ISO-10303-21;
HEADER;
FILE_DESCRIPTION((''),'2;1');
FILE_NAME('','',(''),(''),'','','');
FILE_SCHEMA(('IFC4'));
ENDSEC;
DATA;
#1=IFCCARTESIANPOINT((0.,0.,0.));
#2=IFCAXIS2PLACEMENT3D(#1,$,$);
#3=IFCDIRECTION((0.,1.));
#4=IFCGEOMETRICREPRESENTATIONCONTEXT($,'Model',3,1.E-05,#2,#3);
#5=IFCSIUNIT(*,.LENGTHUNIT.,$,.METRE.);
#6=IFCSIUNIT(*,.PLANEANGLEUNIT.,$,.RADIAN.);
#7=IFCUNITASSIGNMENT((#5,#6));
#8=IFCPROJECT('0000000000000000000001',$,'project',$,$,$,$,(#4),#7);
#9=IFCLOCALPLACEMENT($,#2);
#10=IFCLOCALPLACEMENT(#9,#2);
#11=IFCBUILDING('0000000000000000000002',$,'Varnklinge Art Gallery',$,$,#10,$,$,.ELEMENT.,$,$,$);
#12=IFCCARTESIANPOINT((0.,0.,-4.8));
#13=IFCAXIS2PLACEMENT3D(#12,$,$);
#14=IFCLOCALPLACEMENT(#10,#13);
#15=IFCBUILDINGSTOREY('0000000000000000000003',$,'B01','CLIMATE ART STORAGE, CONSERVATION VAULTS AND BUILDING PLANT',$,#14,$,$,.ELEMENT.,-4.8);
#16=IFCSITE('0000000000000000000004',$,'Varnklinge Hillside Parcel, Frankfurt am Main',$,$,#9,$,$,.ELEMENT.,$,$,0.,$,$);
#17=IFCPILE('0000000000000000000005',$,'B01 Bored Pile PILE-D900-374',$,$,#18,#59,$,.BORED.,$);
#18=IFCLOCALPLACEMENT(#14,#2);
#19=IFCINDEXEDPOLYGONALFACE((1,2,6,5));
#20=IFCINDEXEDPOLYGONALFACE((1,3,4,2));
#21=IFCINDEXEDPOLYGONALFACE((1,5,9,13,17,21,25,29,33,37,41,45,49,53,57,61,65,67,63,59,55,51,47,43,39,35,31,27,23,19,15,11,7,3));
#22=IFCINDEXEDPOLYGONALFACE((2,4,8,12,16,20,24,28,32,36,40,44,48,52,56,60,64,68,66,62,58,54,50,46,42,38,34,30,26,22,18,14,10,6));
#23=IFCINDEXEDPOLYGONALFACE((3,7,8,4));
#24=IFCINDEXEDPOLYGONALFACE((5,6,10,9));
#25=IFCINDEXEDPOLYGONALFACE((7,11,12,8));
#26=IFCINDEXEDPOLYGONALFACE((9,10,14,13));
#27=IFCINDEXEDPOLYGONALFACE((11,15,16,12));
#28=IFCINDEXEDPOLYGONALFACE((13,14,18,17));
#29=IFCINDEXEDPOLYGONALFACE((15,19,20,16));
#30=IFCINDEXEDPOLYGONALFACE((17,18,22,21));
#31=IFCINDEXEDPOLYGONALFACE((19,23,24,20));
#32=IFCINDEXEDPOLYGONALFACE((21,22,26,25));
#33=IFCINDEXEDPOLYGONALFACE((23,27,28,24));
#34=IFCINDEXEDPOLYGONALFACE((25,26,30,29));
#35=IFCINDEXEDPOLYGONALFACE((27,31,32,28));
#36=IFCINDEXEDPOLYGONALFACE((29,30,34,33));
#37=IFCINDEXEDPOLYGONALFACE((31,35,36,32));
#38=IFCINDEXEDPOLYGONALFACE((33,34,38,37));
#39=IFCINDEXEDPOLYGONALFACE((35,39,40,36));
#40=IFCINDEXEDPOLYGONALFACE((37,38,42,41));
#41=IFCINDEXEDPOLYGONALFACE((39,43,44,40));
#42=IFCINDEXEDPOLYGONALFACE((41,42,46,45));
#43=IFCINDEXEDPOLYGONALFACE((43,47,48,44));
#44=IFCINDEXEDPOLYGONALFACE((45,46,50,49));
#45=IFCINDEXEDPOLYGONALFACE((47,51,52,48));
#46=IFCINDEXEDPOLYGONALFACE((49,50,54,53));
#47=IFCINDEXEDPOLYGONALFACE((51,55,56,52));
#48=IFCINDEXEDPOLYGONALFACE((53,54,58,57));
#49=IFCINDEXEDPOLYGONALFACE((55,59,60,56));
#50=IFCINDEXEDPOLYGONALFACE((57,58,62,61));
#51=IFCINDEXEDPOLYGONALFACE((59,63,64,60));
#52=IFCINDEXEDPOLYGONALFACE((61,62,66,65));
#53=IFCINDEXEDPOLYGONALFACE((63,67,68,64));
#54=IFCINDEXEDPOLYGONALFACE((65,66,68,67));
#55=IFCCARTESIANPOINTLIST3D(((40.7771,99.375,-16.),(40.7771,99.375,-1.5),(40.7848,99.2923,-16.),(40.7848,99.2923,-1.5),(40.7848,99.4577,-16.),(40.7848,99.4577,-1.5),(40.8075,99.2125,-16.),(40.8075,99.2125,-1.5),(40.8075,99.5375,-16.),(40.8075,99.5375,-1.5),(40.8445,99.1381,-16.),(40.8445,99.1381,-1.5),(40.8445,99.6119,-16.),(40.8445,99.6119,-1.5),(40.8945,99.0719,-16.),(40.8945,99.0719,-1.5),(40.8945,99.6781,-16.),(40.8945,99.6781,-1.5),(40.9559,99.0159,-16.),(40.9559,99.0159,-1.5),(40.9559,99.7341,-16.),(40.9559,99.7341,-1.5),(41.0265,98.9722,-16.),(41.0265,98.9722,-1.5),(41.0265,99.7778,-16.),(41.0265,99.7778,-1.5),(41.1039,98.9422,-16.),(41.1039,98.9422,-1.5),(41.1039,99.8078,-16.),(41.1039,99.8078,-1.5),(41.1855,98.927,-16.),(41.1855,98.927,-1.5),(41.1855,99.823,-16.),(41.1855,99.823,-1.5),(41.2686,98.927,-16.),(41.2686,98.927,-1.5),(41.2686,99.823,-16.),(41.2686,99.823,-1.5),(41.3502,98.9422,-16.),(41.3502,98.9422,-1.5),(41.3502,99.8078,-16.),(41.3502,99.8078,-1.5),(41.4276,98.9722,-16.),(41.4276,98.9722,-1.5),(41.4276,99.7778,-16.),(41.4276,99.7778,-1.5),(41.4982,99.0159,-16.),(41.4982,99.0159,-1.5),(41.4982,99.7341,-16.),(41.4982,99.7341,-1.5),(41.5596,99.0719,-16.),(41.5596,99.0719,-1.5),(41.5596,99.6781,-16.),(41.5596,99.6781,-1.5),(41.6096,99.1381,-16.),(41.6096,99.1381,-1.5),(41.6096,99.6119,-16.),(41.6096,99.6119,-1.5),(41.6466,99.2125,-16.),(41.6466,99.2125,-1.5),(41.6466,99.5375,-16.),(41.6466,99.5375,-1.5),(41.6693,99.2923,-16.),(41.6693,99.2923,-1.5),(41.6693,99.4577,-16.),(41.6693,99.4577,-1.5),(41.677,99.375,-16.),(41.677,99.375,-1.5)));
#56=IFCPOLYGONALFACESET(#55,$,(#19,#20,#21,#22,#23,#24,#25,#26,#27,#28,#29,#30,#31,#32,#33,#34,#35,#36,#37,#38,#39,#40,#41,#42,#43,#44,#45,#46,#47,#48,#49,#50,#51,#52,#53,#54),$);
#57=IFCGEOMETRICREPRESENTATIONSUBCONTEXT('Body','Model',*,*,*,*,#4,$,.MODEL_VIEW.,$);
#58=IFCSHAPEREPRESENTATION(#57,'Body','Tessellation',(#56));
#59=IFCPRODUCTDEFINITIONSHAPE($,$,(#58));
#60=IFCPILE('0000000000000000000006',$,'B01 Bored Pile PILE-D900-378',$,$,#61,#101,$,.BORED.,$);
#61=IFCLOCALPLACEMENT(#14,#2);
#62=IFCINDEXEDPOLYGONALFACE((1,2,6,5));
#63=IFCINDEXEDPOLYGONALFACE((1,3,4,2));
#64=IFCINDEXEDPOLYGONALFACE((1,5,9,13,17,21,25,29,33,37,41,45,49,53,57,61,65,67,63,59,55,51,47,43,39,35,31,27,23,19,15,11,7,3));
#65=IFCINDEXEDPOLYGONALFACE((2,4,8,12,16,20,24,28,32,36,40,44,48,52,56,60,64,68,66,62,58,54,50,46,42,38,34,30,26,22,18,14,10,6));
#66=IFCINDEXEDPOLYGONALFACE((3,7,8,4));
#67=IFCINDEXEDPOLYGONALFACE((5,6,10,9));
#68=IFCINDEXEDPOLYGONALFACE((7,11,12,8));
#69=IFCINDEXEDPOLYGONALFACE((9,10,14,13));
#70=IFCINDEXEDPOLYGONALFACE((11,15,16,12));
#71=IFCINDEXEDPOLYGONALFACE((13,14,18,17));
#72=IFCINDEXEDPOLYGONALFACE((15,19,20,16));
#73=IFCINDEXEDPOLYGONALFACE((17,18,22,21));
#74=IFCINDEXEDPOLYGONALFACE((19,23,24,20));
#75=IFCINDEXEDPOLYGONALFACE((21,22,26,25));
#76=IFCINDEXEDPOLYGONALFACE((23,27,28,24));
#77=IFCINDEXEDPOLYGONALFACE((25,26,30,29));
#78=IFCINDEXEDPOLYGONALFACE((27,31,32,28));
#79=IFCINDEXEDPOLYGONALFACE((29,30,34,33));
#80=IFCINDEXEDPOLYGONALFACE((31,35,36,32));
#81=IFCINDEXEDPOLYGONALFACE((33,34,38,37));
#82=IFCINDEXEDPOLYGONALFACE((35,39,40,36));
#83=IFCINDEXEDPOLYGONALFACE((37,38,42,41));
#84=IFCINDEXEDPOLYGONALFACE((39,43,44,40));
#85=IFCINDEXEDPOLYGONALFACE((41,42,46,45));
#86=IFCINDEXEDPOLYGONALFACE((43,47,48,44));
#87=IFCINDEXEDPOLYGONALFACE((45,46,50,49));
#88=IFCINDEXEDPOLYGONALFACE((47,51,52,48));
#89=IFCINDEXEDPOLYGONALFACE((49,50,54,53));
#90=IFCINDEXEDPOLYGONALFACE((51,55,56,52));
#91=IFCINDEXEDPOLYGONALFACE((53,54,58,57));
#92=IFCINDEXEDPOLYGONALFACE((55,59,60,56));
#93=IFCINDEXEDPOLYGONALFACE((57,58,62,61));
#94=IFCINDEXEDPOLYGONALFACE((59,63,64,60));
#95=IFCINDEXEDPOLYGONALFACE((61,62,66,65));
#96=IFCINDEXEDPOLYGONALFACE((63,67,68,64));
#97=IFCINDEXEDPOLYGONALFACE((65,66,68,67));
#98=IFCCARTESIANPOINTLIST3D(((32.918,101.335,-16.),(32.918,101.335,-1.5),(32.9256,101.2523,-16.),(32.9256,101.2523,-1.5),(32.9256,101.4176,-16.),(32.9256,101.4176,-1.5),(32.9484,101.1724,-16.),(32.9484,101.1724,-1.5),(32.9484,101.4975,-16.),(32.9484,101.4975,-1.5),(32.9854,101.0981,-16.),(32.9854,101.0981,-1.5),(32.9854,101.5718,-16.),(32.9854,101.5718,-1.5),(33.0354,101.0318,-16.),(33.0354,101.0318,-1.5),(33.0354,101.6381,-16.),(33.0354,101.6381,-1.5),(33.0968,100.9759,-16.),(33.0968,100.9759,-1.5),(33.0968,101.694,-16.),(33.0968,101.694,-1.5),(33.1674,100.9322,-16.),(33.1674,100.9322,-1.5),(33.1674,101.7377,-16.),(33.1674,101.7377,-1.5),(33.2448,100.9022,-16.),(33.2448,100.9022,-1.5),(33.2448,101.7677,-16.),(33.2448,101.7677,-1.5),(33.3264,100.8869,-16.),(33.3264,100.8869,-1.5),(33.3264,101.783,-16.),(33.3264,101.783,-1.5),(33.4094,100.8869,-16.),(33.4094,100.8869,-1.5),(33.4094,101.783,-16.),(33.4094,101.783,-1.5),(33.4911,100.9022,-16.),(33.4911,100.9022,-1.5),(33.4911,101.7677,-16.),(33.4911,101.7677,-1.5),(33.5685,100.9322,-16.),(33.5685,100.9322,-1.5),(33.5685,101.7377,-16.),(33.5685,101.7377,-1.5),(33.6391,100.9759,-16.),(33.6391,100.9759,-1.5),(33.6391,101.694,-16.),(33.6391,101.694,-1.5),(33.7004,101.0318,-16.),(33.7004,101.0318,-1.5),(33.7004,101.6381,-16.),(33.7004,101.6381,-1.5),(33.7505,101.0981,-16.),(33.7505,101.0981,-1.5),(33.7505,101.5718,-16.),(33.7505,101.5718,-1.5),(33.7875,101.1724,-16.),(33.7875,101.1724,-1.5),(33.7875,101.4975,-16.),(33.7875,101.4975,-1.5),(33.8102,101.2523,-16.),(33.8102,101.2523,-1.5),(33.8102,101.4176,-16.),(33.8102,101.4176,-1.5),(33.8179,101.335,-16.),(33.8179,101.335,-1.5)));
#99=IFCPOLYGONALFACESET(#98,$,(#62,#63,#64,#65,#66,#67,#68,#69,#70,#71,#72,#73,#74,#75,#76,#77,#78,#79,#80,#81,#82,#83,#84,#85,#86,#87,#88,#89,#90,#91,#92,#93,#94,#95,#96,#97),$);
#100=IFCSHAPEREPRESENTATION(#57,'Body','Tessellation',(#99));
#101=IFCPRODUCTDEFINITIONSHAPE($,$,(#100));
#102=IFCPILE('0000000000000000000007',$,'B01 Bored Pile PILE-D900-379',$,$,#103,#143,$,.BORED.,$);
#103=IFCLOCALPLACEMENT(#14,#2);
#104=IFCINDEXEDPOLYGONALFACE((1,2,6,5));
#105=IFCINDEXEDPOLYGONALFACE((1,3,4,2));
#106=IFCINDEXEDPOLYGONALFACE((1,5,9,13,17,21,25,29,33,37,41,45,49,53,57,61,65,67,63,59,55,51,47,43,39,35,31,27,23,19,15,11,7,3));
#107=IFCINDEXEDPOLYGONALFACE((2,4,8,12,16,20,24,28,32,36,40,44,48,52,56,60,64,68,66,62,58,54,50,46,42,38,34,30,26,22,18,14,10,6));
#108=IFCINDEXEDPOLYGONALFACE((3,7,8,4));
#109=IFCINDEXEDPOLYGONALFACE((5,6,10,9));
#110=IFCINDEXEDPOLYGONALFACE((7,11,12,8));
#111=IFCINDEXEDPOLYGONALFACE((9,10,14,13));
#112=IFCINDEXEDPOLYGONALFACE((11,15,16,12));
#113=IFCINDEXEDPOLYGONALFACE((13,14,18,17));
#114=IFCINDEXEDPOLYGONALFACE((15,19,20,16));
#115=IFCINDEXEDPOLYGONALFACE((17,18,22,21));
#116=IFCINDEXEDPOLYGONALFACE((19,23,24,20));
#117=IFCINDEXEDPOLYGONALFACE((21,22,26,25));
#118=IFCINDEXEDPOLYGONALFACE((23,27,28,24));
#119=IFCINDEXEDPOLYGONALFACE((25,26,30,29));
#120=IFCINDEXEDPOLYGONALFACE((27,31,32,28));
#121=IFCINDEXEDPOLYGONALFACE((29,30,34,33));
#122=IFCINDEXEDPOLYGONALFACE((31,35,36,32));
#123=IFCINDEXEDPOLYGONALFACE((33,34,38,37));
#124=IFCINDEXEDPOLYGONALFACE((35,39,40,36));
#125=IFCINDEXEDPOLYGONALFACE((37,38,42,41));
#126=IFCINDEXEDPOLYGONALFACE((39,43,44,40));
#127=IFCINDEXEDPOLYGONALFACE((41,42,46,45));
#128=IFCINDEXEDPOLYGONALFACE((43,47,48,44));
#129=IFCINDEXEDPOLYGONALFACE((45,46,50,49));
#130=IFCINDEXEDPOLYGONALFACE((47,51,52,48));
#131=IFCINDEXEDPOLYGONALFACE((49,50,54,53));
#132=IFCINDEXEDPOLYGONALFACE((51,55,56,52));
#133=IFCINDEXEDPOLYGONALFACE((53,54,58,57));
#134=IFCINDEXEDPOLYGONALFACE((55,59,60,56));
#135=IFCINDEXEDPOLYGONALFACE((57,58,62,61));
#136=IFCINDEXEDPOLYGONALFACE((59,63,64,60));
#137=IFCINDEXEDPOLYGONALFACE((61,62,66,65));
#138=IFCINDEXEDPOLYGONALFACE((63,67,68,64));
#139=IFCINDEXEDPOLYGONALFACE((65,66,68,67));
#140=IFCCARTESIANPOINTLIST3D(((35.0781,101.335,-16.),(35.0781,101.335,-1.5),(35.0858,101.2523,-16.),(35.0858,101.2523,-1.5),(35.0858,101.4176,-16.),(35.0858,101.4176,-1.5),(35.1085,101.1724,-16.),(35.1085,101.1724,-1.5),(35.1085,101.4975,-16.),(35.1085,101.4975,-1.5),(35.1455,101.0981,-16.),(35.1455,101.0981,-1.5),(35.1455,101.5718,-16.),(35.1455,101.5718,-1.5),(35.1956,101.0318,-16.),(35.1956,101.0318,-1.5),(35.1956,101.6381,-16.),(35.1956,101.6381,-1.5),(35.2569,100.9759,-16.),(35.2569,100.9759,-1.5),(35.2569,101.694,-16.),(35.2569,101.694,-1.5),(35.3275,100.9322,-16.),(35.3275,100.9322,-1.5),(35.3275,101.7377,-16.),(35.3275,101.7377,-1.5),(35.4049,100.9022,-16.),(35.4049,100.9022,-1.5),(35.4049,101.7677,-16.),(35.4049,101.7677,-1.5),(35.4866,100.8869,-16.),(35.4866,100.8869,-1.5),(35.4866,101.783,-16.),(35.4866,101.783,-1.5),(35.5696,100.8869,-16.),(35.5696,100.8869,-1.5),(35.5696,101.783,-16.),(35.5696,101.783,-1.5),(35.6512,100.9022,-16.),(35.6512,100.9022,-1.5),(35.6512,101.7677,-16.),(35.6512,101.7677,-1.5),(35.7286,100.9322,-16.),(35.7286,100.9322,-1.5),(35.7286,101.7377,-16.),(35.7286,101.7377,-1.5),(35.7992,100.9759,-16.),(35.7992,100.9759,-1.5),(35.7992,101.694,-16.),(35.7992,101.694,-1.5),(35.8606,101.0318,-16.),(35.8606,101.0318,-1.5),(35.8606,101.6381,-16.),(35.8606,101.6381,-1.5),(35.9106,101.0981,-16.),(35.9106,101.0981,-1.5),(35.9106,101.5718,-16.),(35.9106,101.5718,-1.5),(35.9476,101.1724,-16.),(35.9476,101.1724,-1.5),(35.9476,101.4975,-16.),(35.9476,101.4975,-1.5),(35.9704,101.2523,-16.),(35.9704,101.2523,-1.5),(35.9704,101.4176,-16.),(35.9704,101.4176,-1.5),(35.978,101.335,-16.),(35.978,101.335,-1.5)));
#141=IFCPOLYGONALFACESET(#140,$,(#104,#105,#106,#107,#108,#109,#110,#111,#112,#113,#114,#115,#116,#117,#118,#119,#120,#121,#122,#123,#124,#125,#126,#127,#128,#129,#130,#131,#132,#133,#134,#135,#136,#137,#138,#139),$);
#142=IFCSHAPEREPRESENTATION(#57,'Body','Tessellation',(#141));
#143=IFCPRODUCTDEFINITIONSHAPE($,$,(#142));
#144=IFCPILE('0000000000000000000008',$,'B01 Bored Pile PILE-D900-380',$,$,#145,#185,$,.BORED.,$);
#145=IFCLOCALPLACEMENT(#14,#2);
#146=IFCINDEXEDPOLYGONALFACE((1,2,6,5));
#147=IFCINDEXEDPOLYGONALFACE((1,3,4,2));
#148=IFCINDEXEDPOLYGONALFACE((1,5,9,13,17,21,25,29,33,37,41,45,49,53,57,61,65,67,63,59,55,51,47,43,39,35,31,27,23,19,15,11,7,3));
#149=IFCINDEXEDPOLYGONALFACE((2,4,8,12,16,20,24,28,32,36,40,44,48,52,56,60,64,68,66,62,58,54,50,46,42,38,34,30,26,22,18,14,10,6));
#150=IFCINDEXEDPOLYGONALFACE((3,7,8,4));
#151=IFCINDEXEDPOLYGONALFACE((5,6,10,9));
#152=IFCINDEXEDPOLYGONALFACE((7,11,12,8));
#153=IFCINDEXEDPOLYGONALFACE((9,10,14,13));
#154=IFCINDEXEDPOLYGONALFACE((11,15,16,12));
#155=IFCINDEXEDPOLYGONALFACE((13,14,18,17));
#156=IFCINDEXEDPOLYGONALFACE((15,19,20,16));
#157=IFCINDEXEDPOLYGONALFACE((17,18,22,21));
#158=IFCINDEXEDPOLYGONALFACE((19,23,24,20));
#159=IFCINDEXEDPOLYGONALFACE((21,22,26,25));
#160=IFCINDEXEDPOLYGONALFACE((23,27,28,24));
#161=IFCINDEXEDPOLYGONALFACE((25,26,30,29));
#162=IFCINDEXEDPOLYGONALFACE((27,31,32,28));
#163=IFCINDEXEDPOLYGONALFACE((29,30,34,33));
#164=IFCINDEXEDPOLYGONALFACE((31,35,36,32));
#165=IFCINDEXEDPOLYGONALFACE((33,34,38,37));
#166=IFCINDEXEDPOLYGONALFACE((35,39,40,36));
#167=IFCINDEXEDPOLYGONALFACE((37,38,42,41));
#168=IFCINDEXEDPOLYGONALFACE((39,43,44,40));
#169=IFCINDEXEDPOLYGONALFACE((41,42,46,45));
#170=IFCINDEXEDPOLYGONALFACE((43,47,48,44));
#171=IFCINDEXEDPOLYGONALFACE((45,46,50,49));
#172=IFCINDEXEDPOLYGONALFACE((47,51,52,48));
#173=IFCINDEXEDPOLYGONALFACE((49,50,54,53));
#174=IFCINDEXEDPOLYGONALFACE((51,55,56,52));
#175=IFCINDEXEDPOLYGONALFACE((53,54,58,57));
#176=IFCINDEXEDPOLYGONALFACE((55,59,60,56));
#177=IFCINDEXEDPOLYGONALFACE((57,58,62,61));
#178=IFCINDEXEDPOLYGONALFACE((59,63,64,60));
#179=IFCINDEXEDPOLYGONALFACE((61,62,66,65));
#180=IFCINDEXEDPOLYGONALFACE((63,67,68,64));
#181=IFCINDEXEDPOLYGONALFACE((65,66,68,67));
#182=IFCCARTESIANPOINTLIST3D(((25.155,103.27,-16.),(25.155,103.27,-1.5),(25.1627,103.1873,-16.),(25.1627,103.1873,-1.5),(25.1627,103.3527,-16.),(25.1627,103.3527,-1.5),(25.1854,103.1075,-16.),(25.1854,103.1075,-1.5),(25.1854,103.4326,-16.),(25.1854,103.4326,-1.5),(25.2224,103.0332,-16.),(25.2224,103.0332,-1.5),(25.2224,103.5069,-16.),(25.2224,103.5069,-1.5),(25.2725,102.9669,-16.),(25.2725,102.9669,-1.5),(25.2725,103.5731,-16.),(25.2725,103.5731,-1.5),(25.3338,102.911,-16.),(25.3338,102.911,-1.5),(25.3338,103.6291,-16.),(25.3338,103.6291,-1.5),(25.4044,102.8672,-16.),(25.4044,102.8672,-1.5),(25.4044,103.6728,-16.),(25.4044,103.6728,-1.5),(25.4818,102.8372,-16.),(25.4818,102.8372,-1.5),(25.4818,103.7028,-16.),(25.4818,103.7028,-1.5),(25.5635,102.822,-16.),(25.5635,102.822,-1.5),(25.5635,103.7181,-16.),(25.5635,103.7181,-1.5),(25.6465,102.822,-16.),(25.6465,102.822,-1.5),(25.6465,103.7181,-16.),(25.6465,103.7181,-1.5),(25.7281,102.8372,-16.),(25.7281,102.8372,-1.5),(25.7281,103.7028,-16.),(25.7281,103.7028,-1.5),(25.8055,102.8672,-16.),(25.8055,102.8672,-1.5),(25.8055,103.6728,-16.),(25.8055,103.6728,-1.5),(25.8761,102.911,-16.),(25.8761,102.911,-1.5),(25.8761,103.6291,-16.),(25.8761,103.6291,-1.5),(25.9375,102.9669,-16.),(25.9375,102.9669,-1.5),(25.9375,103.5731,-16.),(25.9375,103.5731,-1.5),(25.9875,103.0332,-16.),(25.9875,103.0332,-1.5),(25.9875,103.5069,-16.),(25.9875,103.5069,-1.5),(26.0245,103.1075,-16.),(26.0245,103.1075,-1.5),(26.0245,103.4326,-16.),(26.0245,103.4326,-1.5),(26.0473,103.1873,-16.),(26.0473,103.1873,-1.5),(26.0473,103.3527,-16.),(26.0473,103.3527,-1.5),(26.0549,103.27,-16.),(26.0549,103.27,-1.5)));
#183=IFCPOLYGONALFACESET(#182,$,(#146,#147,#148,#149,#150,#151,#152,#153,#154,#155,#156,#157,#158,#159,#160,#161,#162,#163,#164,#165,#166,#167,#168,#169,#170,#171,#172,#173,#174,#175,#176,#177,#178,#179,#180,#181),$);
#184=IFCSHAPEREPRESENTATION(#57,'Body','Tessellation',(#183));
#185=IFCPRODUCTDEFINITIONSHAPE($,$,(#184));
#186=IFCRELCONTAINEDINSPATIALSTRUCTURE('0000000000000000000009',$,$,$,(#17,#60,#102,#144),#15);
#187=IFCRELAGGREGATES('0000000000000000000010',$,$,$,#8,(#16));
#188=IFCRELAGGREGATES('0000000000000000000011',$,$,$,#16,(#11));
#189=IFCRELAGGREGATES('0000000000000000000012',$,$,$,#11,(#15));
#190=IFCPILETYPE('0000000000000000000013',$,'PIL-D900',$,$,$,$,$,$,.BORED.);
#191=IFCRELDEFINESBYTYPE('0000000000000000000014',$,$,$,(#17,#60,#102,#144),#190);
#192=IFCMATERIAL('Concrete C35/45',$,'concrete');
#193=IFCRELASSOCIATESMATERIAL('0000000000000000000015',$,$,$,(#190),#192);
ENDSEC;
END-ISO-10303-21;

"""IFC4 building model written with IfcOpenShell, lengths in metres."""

from ifc_helpers import new_model, si_unit, direction, frame, origin, origin_2d, place, context, subcontext, project, spatial, circle, extrude, material, material_profile, profile_set, type_object, element, save


model = new_model("IFC4")

# Units and contexts
model_context = context("Model", 3, precision=1e-05, world=origin(), true_north=direction((0.0, 1.0)))
body_context = subcontext(model_context, "Body", "Model", "MODEL_VIEW")
ifc_project = project(units=[si_unit("LENGTHUNIT", "METRE"), si_unit("PLANEANGLEUNIT", "RADIAN")], contexts=[model_context])

# Site, building, storey
site_placement = place(None, origin())
site = spatial("IfcSite", under=ifc_project, at=site_placement, Name="Varnklinge Hillside Parcel, Frankfurt am Main", CompositionType="ELEMENT", RefElevation=0.0)
building_placement = place(site_placement, origin())
building = spatial("IfcBuilding", under=site, at=building_placement, Name="Varnklinge Art Gallery", CompositionType="ELEMENT")
storey_placement = place(building_placement, frame((0.0, 0.0, -4.8)))
storey = spatial("IfcBuildingStorey", under=building, at=storey_placement, Name="B01", Description="CLIMATE ART STORAGE, CONSERVATION VAULTS AND BUILDING PLANT", CompositionType="ELEMENT", Elevation=-4.8)

# Piles
ifc_material_1 = material(Name="Concrete C35/45", Category="concrete")
ifc_material_profile_1 = material_profile(ifc_material_1, circle(Radius=0.45, at=origin_2d()), Name="PILE D900")
ifc_profile_set_1 = profile_set([ifc_material_profile_1], Name="Concrete C35/45")
pile_type = type_object("IfcPileType", Name="PIL-D900", PredefinedType="BORED", material=ifc_profile_set_1)
for number, where, z_axis, x_axis, name in (
    (1, (41.2271, 99.375, -1.5), (0.0, 0.0, -1.0), (1.0, 0.0, 0.0), "B01 Bored Pile PILE-D900-374"),
    (2, (33.3679, 101.335, -1.5), (0.0, 0.0, -1.0), (1.0, 0.0, 0.0), "B01 Bored Pile PILE-D900-378"),
    (3, (35.5281, 101.335, -1.5), (0.0, 0.0, -1.0), (1.0, 0.0, 0.0), "B01 Bored Pile PILE-D900-379"),
    (4, (25.605, 103.27, -1.5), (0.0, 0.0, -1.0), (1.0, 0.0, 0.0), "B01 Bored Pile PILE-D900-380"),
):
    element("IfcPile", number, at=place(storey_placement, frame(where, z_axis=z_axis, x_axis=x_axis)), inside=storey, type_object=pile_type, Name=name, PredefinedType="BORED", context=body_context, shape_type="SweptSolid", body=[
        extrude(circle(Radius=0.45, at=origin_2d()), origin(), (0.0, 0.0, 1.0), 14.5),
    ])

save(model, "model.ifc")
